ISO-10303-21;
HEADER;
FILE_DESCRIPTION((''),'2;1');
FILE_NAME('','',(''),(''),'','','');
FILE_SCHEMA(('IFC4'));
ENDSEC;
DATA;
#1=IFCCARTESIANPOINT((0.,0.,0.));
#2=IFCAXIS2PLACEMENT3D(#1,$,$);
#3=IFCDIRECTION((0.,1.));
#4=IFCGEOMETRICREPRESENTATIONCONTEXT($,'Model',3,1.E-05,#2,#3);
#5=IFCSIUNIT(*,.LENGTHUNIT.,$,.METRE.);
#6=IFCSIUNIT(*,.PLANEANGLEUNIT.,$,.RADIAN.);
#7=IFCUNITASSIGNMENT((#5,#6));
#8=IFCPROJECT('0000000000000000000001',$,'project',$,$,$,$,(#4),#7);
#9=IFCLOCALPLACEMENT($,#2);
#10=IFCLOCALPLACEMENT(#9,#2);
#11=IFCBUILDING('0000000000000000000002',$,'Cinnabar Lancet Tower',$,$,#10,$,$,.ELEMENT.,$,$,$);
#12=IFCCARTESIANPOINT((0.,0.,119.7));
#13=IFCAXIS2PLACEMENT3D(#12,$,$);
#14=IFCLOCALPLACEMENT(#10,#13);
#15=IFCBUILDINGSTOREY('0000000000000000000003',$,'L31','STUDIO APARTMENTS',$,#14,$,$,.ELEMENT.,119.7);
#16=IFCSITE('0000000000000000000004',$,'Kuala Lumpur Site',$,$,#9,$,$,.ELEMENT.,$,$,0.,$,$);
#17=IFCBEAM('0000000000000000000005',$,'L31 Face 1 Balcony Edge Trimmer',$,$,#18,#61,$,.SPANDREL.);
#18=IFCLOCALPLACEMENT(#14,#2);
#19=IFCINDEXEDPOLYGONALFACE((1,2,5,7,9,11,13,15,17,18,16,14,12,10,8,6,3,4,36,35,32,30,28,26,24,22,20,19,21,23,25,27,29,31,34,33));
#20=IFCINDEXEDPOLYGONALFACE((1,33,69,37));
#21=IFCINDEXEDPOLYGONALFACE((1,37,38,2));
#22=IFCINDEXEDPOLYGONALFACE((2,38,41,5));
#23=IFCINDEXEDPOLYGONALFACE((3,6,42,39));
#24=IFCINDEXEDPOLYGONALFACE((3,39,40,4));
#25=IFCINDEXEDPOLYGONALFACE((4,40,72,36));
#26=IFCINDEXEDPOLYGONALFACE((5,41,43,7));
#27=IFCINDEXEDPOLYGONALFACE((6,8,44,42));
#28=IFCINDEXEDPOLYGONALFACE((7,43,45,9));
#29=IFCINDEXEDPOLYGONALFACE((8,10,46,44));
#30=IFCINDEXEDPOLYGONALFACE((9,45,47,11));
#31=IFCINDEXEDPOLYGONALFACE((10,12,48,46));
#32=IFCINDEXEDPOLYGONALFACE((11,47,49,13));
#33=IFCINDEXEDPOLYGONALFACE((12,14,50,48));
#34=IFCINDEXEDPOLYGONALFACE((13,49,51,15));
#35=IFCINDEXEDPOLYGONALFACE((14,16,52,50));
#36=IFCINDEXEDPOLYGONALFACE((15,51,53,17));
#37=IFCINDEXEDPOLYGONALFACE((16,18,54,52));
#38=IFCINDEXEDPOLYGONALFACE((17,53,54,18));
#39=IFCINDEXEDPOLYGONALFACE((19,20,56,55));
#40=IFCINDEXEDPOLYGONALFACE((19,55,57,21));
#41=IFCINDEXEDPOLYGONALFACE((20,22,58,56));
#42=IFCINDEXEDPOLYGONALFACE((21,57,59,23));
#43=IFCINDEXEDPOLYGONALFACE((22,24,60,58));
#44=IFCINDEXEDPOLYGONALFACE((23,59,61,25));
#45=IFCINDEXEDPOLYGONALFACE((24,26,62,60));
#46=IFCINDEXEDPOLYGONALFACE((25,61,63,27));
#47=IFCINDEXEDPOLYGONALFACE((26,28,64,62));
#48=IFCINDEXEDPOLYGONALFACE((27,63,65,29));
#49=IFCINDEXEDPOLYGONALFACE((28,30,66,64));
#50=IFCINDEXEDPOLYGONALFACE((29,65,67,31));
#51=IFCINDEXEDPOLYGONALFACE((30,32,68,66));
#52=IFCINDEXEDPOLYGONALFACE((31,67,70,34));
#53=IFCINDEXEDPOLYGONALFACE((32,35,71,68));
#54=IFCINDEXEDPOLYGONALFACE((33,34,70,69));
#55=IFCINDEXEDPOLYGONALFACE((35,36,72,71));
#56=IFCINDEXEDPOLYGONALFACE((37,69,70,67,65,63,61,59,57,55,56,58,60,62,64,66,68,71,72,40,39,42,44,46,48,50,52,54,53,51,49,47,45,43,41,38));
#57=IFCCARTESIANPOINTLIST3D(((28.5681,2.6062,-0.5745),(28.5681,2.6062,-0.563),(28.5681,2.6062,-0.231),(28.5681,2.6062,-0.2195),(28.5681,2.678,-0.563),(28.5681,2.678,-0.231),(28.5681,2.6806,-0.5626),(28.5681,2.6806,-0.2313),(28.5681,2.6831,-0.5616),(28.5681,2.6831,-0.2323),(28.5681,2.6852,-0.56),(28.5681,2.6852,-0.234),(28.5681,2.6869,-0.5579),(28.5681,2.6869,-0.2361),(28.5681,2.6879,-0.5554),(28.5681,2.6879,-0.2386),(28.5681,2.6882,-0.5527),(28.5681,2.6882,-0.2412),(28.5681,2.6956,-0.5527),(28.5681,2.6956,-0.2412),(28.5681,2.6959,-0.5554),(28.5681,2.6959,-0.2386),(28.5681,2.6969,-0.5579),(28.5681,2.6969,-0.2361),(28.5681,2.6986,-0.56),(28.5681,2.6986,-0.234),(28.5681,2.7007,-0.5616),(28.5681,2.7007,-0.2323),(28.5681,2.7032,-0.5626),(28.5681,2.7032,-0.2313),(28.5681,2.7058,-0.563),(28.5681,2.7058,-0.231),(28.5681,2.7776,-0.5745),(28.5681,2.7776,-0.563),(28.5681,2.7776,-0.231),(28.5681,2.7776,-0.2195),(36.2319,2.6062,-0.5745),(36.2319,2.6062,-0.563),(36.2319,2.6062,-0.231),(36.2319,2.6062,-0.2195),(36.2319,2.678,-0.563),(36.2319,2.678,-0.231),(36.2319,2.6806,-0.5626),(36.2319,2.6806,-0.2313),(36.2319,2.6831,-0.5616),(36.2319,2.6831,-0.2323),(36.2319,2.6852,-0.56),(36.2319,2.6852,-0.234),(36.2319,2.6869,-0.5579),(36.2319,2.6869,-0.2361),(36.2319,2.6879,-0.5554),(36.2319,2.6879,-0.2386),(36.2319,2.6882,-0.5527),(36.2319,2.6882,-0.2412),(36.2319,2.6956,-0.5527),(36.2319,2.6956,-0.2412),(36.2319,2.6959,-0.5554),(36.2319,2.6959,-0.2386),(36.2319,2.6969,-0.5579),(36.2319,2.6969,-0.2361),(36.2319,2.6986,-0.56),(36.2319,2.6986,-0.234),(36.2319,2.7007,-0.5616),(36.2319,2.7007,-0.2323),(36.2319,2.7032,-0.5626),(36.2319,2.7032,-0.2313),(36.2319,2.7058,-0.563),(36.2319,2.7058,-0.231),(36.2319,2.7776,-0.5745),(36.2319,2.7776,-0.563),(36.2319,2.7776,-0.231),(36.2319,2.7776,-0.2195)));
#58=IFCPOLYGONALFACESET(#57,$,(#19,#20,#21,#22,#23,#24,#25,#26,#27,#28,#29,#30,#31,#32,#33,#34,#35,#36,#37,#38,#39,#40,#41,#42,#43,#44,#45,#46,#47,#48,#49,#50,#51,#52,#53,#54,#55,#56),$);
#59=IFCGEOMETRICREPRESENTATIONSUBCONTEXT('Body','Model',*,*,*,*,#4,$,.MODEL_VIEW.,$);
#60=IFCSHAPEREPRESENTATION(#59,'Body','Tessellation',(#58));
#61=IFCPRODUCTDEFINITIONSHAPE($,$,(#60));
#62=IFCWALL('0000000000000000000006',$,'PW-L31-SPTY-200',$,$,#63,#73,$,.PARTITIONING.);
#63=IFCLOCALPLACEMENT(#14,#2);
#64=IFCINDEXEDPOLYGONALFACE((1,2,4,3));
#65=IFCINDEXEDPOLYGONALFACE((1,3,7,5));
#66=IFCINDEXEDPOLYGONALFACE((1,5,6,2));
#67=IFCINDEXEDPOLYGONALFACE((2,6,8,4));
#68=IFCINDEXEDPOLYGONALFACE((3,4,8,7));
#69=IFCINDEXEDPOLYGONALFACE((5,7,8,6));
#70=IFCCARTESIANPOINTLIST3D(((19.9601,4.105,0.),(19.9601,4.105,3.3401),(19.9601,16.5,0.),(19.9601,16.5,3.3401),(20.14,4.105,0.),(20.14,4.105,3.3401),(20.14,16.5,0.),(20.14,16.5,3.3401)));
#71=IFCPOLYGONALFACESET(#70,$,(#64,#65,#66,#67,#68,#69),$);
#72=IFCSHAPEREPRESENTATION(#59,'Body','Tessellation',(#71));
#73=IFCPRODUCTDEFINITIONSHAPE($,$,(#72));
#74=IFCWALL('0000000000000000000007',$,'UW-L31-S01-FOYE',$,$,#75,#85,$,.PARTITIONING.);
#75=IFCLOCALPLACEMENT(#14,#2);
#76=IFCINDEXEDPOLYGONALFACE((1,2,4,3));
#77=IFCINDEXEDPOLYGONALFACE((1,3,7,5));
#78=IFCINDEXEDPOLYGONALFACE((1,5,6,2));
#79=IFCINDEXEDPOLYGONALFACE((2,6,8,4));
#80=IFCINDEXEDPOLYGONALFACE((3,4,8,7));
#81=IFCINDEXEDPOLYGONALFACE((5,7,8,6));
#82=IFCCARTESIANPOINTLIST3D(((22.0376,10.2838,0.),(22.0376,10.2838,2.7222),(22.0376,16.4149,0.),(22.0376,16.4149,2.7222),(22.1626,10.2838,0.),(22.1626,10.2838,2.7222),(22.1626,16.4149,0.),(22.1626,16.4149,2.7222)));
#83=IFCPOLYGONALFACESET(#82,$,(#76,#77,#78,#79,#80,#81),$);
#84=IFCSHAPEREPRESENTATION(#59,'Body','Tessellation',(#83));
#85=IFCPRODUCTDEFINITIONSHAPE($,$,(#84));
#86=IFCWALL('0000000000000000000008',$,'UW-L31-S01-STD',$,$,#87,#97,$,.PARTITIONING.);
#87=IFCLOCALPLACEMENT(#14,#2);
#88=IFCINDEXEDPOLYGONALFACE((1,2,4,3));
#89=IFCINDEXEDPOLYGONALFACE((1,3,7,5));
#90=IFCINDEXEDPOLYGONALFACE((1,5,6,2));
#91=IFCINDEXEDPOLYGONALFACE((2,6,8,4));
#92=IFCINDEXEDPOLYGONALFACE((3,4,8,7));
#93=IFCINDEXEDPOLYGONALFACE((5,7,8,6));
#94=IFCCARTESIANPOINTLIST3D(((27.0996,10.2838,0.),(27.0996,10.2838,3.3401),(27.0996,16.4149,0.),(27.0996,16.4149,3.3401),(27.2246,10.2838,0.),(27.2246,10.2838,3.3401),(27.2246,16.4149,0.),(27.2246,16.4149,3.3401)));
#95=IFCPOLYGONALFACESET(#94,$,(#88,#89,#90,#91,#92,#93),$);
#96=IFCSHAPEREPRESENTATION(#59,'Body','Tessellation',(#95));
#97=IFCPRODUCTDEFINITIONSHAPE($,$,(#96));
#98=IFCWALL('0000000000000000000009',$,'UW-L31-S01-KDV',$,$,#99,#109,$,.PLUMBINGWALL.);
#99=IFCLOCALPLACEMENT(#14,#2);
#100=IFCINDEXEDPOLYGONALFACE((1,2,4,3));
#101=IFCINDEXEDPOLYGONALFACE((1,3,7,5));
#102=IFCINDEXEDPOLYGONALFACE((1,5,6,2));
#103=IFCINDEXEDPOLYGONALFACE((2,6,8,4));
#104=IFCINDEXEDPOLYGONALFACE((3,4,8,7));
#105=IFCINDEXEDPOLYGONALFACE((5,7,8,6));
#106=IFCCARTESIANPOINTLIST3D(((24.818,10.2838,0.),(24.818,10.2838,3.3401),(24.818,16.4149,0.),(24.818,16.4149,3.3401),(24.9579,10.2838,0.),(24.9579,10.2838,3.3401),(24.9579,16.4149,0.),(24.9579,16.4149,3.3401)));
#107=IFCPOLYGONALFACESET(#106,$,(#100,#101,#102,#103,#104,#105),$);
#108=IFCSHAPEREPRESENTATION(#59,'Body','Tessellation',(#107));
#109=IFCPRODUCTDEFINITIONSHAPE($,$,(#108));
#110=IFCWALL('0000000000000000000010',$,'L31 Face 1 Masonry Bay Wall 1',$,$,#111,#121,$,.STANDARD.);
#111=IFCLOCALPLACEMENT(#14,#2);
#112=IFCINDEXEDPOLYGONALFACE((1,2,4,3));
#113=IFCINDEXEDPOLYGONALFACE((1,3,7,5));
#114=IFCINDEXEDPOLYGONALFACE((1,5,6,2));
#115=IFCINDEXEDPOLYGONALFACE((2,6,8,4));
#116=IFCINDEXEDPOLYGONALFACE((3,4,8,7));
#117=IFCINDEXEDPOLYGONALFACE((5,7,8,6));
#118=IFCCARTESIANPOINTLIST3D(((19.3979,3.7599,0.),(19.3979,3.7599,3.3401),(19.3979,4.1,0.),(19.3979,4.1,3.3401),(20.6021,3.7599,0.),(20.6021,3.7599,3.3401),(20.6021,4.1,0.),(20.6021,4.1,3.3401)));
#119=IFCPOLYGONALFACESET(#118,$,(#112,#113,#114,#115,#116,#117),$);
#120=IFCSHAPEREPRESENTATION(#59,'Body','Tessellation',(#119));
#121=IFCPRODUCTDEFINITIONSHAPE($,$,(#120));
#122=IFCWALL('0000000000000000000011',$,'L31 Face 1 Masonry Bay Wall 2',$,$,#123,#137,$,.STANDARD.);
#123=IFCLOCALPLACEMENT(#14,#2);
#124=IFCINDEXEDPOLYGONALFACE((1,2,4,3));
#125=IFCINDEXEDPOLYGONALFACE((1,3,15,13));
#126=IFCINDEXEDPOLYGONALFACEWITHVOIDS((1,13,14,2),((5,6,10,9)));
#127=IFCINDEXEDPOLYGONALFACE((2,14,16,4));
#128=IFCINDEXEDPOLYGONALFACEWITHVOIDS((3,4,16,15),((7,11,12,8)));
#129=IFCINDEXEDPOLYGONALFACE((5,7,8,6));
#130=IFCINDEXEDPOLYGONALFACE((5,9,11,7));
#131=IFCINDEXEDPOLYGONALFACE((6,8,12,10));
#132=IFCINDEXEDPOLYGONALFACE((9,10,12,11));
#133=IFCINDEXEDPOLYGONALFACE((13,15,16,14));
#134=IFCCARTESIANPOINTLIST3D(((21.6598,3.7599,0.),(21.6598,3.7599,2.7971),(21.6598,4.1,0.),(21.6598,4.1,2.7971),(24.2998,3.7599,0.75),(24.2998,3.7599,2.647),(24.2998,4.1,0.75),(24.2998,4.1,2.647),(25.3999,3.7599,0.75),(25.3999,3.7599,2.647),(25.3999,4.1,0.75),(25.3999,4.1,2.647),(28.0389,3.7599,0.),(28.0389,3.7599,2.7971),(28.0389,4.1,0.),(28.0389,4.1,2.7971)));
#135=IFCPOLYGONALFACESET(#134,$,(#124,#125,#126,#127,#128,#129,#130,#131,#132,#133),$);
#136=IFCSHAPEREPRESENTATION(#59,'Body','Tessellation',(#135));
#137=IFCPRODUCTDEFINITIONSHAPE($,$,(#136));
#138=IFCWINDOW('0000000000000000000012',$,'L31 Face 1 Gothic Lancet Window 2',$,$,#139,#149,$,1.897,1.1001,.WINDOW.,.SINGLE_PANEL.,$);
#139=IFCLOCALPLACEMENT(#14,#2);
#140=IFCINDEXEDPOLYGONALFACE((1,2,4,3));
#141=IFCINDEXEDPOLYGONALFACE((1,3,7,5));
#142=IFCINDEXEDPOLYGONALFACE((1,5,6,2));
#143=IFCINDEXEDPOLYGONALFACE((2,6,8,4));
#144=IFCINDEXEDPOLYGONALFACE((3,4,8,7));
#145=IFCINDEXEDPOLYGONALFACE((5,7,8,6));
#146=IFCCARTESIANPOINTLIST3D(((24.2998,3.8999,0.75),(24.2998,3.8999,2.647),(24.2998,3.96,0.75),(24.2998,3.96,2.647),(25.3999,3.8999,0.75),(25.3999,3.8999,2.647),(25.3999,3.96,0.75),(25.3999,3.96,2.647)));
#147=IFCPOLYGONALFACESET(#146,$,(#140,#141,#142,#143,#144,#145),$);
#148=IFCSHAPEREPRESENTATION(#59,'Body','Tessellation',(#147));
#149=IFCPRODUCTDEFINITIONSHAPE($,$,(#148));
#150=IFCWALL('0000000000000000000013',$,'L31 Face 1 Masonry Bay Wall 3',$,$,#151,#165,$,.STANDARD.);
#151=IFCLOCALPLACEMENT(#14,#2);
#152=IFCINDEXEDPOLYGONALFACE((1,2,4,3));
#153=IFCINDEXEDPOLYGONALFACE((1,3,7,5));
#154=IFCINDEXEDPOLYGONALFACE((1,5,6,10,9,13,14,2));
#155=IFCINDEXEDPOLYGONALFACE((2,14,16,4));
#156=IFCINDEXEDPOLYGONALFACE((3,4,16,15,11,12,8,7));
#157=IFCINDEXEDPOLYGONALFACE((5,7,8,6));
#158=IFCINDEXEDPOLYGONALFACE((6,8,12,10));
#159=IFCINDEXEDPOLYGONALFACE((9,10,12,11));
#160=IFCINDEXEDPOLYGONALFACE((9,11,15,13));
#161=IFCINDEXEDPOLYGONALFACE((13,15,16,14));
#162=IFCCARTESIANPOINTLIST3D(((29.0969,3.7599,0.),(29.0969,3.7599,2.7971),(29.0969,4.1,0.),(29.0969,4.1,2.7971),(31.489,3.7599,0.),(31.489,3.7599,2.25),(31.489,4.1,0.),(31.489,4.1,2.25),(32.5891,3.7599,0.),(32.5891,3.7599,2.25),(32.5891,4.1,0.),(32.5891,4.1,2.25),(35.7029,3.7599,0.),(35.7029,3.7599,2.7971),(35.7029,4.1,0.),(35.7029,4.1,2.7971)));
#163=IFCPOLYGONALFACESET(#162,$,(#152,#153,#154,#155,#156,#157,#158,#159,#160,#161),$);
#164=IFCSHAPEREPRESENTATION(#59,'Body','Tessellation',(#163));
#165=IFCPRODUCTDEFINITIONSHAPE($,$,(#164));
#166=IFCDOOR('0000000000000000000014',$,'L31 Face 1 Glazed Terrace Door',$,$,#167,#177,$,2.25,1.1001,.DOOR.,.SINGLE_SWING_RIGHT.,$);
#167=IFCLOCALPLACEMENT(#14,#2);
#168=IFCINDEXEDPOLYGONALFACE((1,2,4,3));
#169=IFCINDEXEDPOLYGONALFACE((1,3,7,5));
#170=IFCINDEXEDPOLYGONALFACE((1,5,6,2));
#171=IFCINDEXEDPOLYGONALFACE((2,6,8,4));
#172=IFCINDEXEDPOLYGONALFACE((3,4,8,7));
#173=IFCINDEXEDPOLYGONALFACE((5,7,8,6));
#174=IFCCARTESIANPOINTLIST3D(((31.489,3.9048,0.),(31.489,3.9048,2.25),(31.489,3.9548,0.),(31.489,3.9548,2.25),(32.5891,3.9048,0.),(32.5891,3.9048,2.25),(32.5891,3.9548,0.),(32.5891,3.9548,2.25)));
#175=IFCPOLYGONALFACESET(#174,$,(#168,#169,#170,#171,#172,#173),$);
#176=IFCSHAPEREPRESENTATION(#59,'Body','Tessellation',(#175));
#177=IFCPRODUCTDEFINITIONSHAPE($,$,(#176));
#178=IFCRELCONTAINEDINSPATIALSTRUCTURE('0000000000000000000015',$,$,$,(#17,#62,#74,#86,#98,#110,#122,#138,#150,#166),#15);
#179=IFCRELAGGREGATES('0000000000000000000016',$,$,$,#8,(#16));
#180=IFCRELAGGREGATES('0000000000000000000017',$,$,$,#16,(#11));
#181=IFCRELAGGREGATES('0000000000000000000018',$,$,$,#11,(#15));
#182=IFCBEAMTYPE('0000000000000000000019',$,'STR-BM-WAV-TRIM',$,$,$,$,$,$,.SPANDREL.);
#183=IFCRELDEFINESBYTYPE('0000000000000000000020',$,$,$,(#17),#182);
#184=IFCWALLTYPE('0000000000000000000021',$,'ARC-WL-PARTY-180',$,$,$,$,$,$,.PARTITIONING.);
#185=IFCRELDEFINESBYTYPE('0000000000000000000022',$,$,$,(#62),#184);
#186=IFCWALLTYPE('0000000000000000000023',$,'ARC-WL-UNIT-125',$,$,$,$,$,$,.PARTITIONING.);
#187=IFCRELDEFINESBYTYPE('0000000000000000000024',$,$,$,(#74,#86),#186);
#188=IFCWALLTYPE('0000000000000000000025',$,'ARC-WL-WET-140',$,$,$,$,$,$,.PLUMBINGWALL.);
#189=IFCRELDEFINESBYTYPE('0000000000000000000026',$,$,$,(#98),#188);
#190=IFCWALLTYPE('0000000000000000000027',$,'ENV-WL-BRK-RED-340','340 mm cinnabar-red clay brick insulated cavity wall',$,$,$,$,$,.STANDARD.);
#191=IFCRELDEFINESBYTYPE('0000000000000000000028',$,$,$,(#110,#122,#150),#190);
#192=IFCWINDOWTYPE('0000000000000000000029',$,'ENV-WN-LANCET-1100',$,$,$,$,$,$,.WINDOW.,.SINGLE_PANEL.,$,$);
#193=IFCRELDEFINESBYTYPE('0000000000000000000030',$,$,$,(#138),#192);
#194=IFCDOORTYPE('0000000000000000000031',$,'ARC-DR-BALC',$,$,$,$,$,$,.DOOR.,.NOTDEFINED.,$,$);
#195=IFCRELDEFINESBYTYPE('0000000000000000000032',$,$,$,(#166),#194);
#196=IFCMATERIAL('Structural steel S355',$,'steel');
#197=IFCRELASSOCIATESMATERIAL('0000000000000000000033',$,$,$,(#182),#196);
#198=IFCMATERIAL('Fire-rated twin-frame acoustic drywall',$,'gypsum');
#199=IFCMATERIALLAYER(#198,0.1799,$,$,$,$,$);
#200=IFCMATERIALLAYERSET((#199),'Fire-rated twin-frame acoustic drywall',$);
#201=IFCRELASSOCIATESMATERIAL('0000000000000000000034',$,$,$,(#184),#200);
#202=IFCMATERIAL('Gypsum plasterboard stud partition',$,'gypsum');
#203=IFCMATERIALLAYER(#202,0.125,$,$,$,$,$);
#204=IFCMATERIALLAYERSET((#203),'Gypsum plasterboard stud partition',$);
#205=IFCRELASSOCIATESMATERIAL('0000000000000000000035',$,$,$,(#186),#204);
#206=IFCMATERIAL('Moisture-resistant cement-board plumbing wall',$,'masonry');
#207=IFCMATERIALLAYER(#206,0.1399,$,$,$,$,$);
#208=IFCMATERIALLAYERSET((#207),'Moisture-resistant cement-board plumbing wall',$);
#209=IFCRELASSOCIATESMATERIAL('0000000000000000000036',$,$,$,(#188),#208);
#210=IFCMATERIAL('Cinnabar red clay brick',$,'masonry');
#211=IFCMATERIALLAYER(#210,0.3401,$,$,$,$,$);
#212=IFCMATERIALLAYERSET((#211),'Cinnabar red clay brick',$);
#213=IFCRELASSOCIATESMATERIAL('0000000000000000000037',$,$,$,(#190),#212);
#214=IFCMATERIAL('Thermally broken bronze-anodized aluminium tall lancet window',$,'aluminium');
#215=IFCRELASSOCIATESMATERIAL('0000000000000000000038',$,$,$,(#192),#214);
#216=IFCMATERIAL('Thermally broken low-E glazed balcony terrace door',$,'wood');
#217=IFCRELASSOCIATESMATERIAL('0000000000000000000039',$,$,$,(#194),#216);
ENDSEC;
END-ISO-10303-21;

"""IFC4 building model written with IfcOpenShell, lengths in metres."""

from ifc_helpers import new_model, si_unit, direction, frame, frame_2d, origin, origin_2d, place, context, subcontext, project, spatial, rectangle, i_section, extrude, material, layer, layer_set, material_profile, profile_set, type_object, element, fill, save


model = new_model("IFC4")

# Units and contexts
model_context = context("Model", 3, precision=1e-05, world=origin(), true_north=direction((0.0, 1.0)))
body_context = subcontext(model_context, "Body", "Model", "MODEL_VIEW")
ifc_project = project(units=[si_unit("LENGTHUNIT", "METRE"), si_unit("PLANEANGLEUNIT", "RADIAN")], contexts=[model_context])

# Site, building, storey
site_placement = place(None, origin())
site = spatial("IfcSite", under=ifc_project, at=site_placement, Name="Kuala Lumpur Site", CompositionType="ELEMENT", RefElevation=0.0)
building_placement = place(site_placement, origin())
building = spatial("IfcBuilding", under=site, at=building_placement, Name="Cinnabar Lancet Tower", CompositionType="ELEMENT")
storey_placement = place(building_placement, frame((0.0, 0.0, 119.7)))
storey = spatial("IfcBuildingStorey", under=building, at=storey_placement, Name="L31", Description="STUDIO APARTMENTS", CompositionType="ELEMENT", Elevation=119.7)

# Beam
ifc_material_1 = material(Name="Structural steel S355", Category="steel")
ifc_material_profile_1 = material_profile(ifc_material_1, i_section(OverallWidth=0.1714, OverallDepth=0.355, WebThickness=0.0073, FlangeThickness=0.0115, FilletRadius=0.0103, at=origin_2d()), Name="UKB 356x171x51")
ifc_profile_set_1 = profile_set([ifc_material_profile_1], Name="Structural steel S355")
beam_type_1 = type_object("IfcBeamType", Name="STR-BM-WAV-TRIM", PredefinedType="SPANDREL", material=ifc_profile_set_1)
beam_1_placement = place(storey_placement, frame((28.5681, 2.6919, -0.397), z_axis=(1.0, 0.0, 0.0), x_axis=(0.0, 1.0, 0.0)))
element("IfcBeam", 1, at=beam_1_placement, inside=storey, type_object=beam_type_1, Name="L31 Face 1 Balcony Edge Trimmer", PredefinedType="SPANDREL", context=body_context, shape_type="SweptSolid", body=[
    extrude(i_section(OverallWidth=0.1714, OverallDepth=0.355, WebThickness=0.0073, FlangeThickness=0.0115, FilletRadius=0.0103, at=origin_2d()), origin(), (0.0, 0.0, 1.0), 7.6638),
])

# Walls
ifc_material_2 = material(Name="Fire-rated twin-frame acoustic drywall", Category="gypsum")
ifc_layer_1 = layer(ifc_material_2, 0.1799)
ifc_layer_set_1 = layer_set([ifc_layer_1], Name="Fire-rated twin-frame acoustic drywall")
wall_type_1 = type_object("IfcWallType", Name="ARC-WL-PARTY-180", PredefinedType="PARTITIONING", material=ifc_layer_set_1)
wall_1_placement = place(storey_placement, frame((20.05, 4.105, 0.0), z_axis=(0.0, 0.0, 1.0), x_axis=(0.0, 1.0, 0.0)))
element("IfcWall", 2, at=wall_1_placement, inside=storey, type_object=wall_type_1, Name="PW-L31-SPTY-200", PredefinedType="PARTITIONING", context=body_context, shape_type="SweptSolid", body=[
    extrude(rectangle(XDim=12.395, YDim=0.1799, at=frame_2d((6.1975, 0.0))), origin(), (0.0, 0.0, 1.0), 3.3401),
])
ifc_material_3 = material(Name="Gypsum plasterboard stud partition", Category="gypsum")
ifc_layer_2 = layer(ifc_material_3, 0.125)
ifc_layer_set_2 = layer_set([ifc_layer_2], Name="Gypsum plasterboard stud partition")
wall_type_2 = type_object("IfcWallType", Name="ARC-WL-UNIT-125", PredefinedType="PARTITIONING", material=ifc_layer_set_2)
wall_2_placement = place(storey_placement, frame((22.1001, 10.2839, 0.0), z_axis=(0.0, 0.0, 1.0), x_axis=(0.0, 1.0, 0.0)))
element("IfcWall", 3, at=wall_2_placement, inside=storey, type_object=wall_type_2, Name="UW-L31-S01-FOYE", PredefinedType="PARTITIONING", context=body_context, shape_type="SweptSolid", body=[
    extrude(rectangle(XDim=6.1311, YDim=0.125, at=frame_2d((3.0654, 0.0))), origin(), (0.0, 0.0, 1.0), 2.7222),
])
wall_3_placement = place(storey_placement, frame((27.1621, 10.2839, 0.0), z_axis=(0.0, 0.0, 1.0), x_axis=(0.0, 1.0, 0.0)))
element("IfcWall", 4, at=wall_3_placement, inside=storey, type_object=wall_type_2, Name="UW-L31-S01-STD", PredefinedType="PARTITIONING", context=body_context, shape_type="SweptSolid", body=[
    extrude(rectangle(XDim=6.1311, YDim=0.125, at=frame_2d((3.0654, 0.0))), origin(), (0.0, 0.0, 1.0), 3.3401),
])

# Shared definitions
ifc_material_4 = material(Name="Moisture-resistant cement-board plumbing wall", Category="masonry")
ifc_layer_3 = layer(ifc_material_4, 0.1399)
ifc_layer_set_3 = layer_set([ifc_layer_3], Name="Moisture-resistant cement-board plumbing wall")
wall_type_3 = type_object("IfcWallType", Name="ARC-WL-WET-140", PredefinedType="PLUMBINGWALL", material=ifc_layer_set_3)

# Walls
wall_4_placement = place(storey_placement, frame((24.8879, 10.2839, 0.0), z_axis=(0.0, 0.0, 1.0), x_axis=(0.0, 1.0, 0.0)))
element("IfcWall", 5, at=wall_4_placement, inside=storey, type_object=wall_type_3, Name="UW-L31-S01-KDV", PredefinedType="PLUMBINGWALL", context=body_context, shape_type="SweptSolid", body=[
    extrude(rectangle(XDim=6.1311, YDim=0.1399, at=frame_2d((3.0654, 0.0))), origin(), (0.0, 0.0, 1.0), 3.3401),
])
ifc_material_5 = material(Name="Cinnabar red clay brick", Category="masonry")
ifc_layer_4 = layer(ifc_material_5, 0.3401)
ifc_layer_set_4 = layer_set([ifc_layer_4], Name="Cinnabar red clay brick")
wall_type_4 = type_object("IfcWallType", Name="ENV-WL-BRK-RED-340", Description="340 mm cinnabar-red clay brick insulated cavity wall", PredefinedType="STANDARD", material=ifc_layer_set_4)
wall_5_placement = place(storey_placement, frame((19.3979, 3.9299, 0.0), z_axis=(0.0, 0.0, 1.0), x_axis=(1.0, 0.0, 0.0)))
element("IfcWall", 6, at=wall_5_placement, inside=storey, type_object=wall_type_4, Name="L31 Face 1 Masonry Bay Wall 1", PredefinedType="STANDARD", context=body_context, shape_type="SweptSolid", body=[
    extrude(rectangle(XDim=1.2041, YDim=0.3401, at=frame_2d((0.6021, 0.0))), origin(), (0.0, 0.0, 1.0), 3.3401),
])

# Wall, opening, window
wall_6_placement = place(storey_placement, frame((21.6599, 3.9299, 0.0), z_axis=(0.0, 0.0, 1.0), x_axis=(1.0, 0.0, 0.0)))
wall_6 = element("IfcWall", 7, at=wall_6_placement, inside=storey, type_object=wall_type_4, Name="L31 Face 1 Masonry Bay Wall 2", PredefinedType="STANDARD", context=body_context, shape_type="SweptSolid", body=[
    extrude(rectangle(XDim=6.3792, YDim=0.3401, at=frame_2d((3.1895, 0.0))), origin(), (0.0, 0.0, 1.0), 2.7971),
])
opening_1_placement = place(wall_6_placement, frame((2.6399, 0.0, 0.75)))
opening_1 = element("IfcOpeningElement", 8, at=opening_1_placement, cuts=wall_6, PredefinedType="OPENING", context=body_context, shape_type="SweptSolid", body=[
    extrude(rectangle(XDim=1.1001, YDim=1.897, at=frame_2d((0.55, 0.9485))), frame((0.0, 0.1799, 0.0), z_axis=(0.0, -1.0, 0.0), x_axis=(1.0, 0.0, 0.0)), (0.0, 0.0, 1.0), 0.3601),
])
ifc_material_6 = material(Name="Thermally broken bronze-anodized aluminium tall lancet window", Category="aluminium")
window_type = type_object("IfcWindowType", Name="ENV-WN-LANCET-1100", PartitioningType="SINGLE_PANEL", PredefinedType="WINDOW", material=ifc_material_6)
window_placement = place(opening_1_placement, origin())
window = element("IfcWindow", 9, at=window_placement, inside=storey, type_object=window_type, Name="L31 Face 1 Gothic Lancet Window 2", OverallHeight=1.897, OverallWidth=1.1001, PartitioningType="SINGLE_PANEL", PredefinedType="WINDOW", context=body_context, shape_type="SweptSolid", body=[
    extrude(rectangle(XDim=1.1001, YDim=1.897, at=frame_2d((0.55, 0.9485))), frame((0.0, 0.03, 0.0), z_axis=(0.0, -1.0, 0.0), x_axis=(1.0, 0.0, 0.0)), (0.0, 0.0, 1.0), 0.0601),
])
fill(opening_1, window)

# Wall, opening, door
wall_7_placement = place(storey_placement, frame((29.0969, 3.9299, 0.0), z_axis=(0.0, 0.0, 1.0), x_axis=(1.0, 0.0, 0.0)))
wall_7 = element("IfcWall", 10, at=wall_7_placement, inside=storey, type_object=wall_type_4, Name="L31 Face 1 Masonry Bay Wall 3", PredefinedType="STANDARD", context=body_context, shape_type="SweptSolid", body=[
    extrude(rectangle(XDim=6.606, YDim=0.3401, at=frame_2d((3.303, 0.0))), origin(), (0.0, 0.0, 1.0), 2.7971),
])
opening_2_placement = place(wall_7_placement, frame((2.3921, 0.0, 0.0)))
opening_2 = element("IfcOpeningElement", 11, at=opening_2_placement, cuts=wall_7, PredefinedType="OPENING", context=body_context, shape_type="SweptSolid", body=[
    extrude(rectangle(XDim=1.1001, YDim=2.25, at=frame_2d((0.55, 1.125))), frame((0.0, 0.1799, 0.0), z_axis=(0.0, -1.0, 0.0), x_axis=(1.0, 0.0, 0.0)), (0.0, 0.0, 1.0), 0.3601),
])
ifc_material_7 = material(Name="Thermally broken low-E glazed balcony terrace door", Category="wood")
door_type_1 = type_object("IfcDoorType", Name="ARC-DR-BALC", OperationType="NOTDEFINED", PredefinedType="DOOR", material=ifc_material_7)
door_1_placement = place(opening_2_placement, origin())
door_1 = element("IfcDoor", 12, at=door_1_placement, inside=storey, type_object=door_type_1, Name="L31 Face 1 Glazed Terrace Door", OperationType="SINGLE_SWING_RIGHT", OverallHeight=2.25, OverallWidth=1.1001, PredefinedType="DOOR", context=body_context, shape_type="SweptSolid", body=[
    extrude(rectangle(XDim=1.1001, YDim=2.25, at=frame_2d((0.55, 1.125))), frame((0.0, 0.0249, 0.0), z_axis=(0.0, -1.0, 0.0), x_axis=(1.0, 0.0, 0.0)), (0.0, 0.0, 1.0), 0.05),
])
fill(opening_2, door_1)

save(model, "model.ifc")
